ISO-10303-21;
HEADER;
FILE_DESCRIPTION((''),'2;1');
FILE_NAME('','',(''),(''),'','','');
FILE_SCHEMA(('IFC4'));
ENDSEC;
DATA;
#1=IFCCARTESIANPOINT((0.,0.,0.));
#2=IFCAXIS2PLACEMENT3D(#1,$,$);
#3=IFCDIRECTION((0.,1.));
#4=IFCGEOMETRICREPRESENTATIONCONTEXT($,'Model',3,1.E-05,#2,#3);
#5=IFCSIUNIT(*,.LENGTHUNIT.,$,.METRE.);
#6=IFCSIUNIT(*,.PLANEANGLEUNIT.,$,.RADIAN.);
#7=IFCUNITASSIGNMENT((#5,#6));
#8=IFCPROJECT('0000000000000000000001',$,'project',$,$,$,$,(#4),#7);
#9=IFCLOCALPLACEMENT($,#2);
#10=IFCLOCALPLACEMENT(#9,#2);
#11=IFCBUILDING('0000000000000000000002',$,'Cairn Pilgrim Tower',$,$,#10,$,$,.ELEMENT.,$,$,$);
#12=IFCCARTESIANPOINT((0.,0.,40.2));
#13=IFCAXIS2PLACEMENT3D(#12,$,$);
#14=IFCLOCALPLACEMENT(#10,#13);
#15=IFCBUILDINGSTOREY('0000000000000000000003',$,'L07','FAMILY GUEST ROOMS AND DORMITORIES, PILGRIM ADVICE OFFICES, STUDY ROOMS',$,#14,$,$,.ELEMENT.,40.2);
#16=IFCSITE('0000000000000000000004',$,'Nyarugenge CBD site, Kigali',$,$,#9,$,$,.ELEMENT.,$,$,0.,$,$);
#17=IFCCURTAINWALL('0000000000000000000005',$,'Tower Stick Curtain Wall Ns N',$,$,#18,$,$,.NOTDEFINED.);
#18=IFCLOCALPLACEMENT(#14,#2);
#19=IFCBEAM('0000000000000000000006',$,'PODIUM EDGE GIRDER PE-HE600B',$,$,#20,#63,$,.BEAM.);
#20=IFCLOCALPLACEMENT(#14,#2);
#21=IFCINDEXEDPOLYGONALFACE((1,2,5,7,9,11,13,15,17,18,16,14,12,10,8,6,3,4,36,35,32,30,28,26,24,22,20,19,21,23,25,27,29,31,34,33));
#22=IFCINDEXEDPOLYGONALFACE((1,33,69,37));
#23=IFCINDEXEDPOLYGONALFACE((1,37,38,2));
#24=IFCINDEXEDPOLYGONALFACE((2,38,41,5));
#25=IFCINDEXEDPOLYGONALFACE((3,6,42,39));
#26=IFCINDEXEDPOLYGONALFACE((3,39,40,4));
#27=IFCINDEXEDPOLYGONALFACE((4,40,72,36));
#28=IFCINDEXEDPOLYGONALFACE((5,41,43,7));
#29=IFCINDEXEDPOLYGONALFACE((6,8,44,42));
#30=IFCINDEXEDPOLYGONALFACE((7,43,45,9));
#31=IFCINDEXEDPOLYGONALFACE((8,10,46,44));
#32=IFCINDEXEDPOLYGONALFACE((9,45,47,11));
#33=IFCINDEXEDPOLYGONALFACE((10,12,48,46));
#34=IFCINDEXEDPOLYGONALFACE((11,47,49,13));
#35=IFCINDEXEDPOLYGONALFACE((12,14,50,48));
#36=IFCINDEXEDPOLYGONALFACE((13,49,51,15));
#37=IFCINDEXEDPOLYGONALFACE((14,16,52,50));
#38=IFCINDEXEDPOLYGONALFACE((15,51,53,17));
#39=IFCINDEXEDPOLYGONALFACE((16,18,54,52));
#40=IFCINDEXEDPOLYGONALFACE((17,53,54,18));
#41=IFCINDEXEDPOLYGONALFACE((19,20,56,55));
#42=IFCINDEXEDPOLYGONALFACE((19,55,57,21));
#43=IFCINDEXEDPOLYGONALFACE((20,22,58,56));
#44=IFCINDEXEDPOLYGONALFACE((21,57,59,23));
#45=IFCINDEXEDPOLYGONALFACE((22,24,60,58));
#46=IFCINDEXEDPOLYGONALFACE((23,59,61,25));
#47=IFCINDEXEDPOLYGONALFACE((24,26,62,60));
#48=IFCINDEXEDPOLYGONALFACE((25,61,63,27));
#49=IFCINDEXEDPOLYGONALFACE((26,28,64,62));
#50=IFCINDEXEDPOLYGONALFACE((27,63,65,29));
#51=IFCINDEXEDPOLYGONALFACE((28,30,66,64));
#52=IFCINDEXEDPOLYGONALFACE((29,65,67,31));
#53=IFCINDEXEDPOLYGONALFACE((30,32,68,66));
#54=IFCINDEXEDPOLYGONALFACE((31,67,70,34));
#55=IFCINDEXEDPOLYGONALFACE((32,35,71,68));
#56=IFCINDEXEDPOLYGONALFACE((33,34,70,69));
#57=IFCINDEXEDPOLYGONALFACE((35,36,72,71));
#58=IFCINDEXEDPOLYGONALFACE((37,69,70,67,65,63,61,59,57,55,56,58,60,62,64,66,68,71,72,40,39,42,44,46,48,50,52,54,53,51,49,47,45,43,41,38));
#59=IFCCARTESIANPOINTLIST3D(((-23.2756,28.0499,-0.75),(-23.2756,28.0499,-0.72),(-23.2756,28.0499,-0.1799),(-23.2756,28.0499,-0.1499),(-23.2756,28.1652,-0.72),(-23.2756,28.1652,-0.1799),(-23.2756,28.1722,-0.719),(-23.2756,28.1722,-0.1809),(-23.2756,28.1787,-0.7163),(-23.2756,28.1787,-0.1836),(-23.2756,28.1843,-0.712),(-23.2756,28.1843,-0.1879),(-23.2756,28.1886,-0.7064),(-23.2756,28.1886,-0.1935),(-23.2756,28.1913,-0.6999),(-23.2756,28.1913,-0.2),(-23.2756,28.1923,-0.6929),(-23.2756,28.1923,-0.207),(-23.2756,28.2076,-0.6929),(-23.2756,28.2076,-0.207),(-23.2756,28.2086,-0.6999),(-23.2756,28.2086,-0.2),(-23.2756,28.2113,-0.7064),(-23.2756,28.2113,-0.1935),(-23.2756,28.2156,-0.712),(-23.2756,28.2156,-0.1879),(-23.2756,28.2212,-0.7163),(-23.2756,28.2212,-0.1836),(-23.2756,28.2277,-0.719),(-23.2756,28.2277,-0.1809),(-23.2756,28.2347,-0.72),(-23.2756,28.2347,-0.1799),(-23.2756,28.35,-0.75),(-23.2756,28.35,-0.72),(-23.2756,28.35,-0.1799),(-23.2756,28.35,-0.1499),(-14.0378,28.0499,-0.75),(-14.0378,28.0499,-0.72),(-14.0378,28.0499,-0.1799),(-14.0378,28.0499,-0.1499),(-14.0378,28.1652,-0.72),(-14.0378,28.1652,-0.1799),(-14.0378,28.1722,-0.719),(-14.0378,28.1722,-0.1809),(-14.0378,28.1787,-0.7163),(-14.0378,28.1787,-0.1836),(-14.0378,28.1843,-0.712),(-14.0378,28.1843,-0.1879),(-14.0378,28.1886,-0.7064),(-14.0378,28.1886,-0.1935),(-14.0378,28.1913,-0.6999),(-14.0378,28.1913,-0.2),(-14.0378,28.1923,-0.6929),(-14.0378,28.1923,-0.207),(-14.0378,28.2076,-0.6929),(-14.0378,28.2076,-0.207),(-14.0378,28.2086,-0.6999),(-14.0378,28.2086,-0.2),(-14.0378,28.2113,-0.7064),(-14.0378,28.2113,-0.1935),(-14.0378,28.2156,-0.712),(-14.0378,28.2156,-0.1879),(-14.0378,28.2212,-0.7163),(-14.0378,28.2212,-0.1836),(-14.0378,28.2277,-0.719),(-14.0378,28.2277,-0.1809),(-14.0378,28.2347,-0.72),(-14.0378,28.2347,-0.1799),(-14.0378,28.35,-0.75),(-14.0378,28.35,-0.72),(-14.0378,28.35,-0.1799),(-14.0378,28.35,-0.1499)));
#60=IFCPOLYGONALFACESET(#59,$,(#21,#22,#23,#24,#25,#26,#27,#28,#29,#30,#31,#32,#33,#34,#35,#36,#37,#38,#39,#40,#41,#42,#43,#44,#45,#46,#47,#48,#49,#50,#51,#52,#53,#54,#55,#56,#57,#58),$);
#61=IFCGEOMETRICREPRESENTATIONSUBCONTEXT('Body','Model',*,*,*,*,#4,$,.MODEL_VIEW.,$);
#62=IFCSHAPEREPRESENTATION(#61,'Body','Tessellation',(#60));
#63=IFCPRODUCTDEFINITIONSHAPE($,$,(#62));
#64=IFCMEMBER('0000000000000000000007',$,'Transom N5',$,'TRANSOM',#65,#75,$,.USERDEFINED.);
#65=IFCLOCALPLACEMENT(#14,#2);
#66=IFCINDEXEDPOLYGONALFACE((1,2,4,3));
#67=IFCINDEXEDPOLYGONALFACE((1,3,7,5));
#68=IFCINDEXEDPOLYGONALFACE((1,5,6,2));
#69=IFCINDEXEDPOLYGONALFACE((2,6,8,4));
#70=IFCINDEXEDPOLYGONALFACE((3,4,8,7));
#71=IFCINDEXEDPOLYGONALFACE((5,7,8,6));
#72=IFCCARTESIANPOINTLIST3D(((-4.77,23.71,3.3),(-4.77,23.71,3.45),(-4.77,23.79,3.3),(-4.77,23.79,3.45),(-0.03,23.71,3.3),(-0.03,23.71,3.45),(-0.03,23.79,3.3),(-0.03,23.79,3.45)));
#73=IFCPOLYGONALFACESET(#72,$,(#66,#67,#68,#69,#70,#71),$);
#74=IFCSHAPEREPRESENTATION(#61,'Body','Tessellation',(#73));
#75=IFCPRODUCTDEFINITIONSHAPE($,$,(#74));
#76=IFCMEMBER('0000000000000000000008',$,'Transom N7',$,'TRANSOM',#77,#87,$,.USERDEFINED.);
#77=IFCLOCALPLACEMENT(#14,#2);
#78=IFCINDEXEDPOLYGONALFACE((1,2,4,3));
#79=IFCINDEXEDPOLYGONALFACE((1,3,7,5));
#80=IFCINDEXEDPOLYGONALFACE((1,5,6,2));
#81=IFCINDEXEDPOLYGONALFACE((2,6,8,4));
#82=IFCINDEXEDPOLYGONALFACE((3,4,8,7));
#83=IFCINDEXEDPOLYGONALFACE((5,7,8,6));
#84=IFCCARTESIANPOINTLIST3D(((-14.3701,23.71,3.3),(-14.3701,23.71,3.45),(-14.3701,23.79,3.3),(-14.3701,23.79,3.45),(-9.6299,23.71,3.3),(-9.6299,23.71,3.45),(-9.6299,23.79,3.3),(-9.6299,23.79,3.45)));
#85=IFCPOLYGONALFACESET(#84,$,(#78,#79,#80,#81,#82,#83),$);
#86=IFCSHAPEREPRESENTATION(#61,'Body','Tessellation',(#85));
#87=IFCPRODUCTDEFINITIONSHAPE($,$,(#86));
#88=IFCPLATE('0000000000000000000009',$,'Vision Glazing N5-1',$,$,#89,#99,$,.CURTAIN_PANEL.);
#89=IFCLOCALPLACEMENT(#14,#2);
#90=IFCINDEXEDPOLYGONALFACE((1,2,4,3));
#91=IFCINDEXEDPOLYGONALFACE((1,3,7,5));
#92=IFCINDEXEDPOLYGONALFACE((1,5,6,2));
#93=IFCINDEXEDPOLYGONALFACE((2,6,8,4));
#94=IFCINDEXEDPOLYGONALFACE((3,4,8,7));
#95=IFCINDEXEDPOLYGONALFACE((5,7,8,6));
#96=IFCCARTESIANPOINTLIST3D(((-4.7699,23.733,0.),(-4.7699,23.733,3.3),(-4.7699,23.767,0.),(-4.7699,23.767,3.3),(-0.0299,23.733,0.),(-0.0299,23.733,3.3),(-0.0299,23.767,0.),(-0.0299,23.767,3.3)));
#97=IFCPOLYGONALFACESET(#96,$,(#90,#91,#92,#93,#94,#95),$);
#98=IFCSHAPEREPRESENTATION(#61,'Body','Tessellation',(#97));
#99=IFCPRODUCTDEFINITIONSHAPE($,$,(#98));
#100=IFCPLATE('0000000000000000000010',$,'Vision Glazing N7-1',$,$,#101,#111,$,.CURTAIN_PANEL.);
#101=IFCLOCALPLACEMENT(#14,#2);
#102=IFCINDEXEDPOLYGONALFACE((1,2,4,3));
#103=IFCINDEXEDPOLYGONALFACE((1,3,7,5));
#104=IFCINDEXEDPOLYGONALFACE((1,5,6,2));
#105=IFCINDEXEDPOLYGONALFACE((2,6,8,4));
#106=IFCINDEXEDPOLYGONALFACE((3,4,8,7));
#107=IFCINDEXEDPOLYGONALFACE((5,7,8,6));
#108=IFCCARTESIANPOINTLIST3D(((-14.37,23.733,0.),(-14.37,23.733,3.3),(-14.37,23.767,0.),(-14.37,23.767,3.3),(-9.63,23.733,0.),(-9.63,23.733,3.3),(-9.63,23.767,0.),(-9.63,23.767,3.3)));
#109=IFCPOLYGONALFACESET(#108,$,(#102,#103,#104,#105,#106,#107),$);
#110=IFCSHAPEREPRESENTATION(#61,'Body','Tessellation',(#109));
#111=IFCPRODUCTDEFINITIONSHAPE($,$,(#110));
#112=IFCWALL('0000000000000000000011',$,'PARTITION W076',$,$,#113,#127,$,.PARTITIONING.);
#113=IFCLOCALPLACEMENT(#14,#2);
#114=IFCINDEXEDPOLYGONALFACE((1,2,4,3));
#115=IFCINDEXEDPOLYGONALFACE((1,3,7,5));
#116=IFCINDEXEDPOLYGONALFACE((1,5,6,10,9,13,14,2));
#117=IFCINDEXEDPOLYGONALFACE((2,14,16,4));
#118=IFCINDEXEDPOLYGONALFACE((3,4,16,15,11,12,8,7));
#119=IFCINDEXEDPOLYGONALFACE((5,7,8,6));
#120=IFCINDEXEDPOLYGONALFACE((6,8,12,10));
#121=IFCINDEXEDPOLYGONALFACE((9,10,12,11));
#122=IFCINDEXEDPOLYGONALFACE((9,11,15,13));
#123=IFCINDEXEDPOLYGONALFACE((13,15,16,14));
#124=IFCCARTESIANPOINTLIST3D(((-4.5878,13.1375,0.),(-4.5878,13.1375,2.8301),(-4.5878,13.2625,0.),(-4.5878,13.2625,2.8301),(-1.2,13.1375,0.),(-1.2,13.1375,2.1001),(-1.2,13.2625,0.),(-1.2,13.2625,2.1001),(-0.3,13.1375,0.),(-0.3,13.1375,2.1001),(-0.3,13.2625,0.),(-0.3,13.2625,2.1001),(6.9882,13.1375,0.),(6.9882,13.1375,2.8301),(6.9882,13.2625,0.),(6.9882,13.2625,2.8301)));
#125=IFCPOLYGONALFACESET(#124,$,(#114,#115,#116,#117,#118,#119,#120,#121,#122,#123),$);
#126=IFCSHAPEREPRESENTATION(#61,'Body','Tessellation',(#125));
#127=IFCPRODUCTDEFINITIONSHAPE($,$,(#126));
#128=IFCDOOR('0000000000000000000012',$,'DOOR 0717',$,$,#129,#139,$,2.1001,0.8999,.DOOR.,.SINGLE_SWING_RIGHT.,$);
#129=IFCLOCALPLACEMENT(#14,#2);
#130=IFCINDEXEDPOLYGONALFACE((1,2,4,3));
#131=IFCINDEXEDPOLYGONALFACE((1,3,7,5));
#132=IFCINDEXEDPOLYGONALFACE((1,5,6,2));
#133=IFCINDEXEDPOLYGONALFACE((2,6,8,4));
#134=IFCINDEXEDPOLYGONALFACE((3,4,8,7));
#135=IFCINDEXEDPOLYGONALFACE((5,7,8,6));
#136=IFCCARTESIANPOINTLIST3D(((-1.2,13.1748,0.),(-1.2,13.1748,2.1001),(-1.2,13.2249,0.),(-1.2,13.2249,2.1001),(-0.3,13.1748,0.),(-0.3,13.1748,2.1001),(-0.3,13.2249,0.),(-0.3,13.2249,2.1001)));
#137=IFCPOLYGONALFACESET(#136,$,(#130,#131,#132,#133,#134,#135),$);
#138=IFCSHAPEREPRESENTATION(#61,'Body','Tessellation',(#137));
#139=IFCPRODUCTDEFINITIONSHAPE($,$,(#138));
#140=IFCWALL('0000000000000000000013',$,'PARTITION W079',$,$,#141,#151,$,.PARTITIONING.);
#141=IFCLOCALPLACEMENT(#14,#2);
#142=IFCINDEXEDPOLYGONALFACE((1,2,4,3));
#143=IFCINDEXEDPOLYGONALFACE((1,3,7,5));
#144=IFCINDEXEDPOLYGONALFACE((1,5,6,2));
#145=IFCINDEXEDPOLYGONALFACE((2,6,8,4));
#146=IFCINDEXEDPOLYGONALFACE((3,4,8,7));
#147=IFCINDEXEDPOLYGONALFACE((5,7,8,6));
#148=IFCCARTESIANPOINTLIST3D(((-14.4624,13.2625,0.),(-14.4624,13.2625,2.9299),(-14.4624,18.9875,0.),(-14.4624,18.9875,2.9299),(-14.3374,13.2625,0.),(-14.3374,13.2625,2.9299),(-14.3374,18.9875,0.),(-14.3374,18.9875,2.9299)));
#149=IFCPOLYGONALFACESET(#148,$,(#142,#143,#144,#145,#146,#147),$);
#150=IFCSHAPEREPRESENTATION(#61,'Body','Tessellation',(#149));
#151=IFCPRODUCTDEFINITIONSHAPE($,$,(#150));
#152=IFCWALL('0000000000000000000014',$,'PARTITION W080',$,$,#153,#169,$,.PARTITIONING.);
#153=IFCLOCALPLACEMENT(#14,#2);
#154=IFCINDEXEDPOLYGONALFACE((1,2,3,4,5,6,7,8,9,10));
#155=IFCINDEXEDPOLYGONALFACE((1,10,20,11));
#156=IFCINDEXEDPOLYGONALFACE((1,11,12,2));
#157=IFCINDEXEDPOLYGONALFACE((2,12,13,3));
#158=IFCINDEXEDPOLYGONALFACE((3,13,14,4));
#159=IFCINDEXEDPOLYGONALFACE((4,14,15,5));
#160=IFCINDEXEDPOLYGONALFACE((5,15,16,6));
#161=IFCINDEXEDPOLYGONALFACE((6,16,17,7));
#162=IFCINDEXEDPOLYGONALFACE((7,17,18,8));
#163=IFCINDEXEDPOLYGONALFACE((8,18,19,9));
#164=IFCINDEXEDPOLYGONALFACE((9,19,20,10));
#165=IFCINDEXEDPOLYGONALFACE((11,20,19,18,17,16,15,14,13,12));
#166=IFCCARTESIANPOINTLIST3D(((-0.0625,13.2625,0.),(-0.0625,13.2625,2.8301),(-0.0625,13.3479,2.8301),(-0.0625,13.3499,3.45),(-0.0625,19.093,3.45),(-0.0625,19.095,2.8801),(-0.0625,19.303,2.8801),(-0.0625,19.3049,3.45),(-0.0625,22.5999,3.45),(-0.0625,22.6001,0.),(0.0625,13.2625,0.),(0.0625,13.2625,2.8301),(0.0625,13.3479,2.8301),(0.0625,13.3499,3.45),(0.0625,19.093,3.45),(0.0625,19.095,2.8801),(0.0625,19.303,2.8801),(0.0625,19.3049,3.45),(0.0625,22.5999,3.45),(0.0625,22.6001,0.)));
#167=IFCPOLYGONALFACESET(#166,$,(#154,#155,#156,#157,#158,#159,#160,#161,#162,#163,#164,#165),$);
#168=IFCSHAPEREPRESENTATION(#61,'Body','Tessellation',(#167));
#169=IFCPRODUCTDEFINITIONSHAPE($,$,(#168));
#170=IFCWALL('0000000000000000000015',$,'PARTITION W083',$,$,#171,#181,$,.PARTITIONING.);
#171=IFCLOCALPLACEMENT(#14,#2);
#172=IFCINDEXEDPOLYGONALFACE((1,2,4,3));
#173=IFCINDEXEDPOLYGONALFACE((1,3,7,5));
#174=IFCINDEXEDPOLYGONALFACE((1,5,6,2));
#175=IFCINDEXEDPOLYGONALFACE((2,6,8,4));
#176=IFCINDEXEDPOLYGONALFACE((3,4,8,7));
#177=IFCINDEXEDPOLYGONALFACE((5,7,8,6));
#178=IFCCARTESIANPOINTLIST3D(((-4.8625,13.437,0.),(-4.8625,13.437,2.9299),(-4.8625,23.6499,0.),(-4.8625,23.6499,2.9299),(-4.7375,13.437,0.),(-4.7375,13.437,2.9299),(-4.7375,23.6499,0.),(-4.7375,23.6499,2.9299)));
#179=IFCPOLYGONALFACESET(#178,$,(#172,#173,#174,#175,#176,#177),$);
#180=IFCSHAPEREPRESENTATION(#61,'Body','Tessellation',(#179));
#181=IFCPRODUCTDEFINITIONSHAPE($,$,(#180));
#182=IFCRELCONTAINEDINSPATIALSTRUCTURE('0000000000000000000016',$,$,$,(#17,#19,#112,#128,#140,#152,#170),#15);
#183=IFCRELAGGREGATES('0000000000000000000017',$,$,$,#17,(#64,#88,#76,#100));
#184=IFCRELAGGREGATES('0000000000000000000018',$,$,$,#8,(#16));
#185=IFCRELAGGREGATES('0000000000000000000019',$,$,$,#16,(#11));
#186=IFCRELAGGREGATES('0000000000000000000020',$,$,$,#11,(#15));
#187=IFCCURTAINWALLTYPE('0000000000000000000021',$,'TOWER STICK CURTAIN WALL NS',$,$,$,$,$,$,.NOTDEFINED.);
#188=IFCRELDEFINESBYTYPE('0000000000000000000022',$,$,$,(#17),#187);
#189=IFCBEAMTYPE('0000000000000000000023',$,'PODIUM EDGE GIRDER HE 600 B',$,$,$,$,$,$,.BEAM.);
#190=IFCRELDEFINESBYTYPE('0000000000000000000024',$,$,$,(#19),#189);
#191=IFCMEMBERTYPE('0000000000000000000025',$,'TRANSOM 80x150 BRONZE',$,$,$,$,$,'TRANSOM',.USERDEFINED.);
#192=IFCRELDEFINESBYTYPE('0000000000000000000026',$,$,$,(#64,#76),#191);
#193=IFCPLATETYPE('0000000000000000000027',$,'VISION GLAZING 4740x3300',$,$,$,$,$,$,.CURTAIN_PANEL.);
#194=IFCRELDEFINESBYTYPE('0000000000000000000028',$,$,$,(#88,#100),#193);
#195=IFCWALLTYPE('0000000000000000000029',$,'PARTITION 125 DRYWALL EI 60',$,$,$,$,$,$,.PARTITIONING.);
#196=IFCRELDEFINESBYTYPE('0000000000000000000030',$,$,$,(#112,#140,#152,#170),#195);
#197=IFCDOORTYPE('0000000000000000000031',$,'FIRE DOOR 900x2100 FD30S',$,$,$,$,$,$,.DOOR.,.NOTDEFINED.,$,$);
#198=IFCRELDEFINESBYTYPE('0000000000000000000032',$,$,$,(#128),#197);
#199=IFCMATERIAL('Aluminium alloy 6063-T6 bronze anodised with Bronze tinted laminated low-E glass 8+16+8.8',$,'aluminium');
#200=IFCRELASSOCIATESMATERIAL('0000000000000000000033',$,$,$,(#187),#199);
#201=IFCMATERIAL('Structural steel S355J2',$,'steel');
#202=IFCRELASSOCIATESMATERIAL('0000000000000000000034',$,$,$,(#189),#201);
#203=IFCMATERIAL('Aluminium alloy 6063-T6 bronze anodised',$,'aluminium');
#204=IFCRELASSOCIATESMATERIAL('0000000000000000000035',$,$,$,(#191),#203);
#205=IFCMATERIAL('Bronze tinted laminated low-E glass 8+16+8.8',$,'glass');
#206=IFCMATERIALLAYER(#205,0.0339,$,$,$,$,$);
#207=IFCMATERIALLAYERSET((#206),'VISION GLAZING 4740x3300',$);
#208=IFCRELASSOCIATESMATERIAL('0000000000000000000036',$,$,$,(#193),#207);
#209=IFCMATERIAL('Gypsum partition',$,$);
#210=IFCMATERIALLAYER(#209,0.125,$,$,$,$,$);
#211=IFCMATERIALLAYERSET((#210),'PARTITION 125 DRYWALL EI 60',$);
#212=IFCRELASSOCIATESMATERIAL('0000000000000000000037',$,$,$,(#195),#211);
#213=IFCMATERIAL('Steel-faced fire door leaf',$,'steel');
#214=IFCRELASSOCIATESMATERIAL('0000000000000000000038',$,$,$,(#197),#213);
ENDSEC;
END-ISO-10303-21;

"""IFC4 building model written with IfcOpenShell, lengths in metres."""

from ifc_helpers import new_model, si_unit, direction, frame, frame_2d, origin, origin_2d, place, context, subcontext, project, spatial, polyline, rectangle, i_section, outline, extrude, material, layer, layer_set, material_profile, profile_set, type_object, element, fill, aggregate, save


model = new_model("IFC4")

# Units and contexts
model_context = context("Model", 3, precision=1e-05, world=origin(), true_north=direction((0.0, 1.0)))
body_context = subcontext(model_context, "Body", "Model", "MODEL_VIEW")
ifc_project = project(units=[si_unit("LENGTHUNIT", "METRE"), si_unit("PLANEANGLEUNIT", "RADIAN")], contexts=[model_context])

# Site, building, storey
site_placement = place(None, origin())
site = spatial("IfcSite", under=ifc_project, at=site_placement, Name="Nyarugenge CBD site, Kigali", CompositionType="ELEMENT", RefElevation=0.0)
building_placement = place(site_placement, origin())
building = spatial("IfcBuilding", under=site, at=building_placement, Name="Cairn Pilgrim Tower", CompositionType="ELEMENT")
storey_placement = place(building_placement, frame((0.0, 0.0, 40.2)))
storey = spatial("IfcBuildingStorey", under=building, at=storey_placement, Name="L07", Description="FAMILY GUEST ROOMS AND DORMITORIES, PILGRIM ADVICE OFFICES, STUDY ROOMS", CompositionType="ELEMENT", Elevation=40.2)

# Curtain wall
ifc_material_1 = material(Name="Aluminium alloy 6063-T6 bronze anodised with Bronze tinted laminated low-E glass 8+16+8.8", Category="aluminium")
curtain_wall_type = type_object("IfcCurtainWallType", Name="TOWER STICK CURTAIN WALL NS", PredefinedType="NOTDEFINED", material=ifc_material_1)
curtain_wall_placement = place(storey_placement, origin())
curtain_wall = element("IfcCurtainWall", 1, at=curtain_wall_placement, inside=storey, type_object=curtain_wall_type, Name="Tower Stick Curtain Wall Ns N", PredefinedType="NOTDEFINED")
ifc_material_2 = material(Name="Aluminium alloy 6063-T6 bronze anodised", Category="aluminium")

# Beam
ifc_material_3 = material(Name="Structural steel S355J2", Category="steel")
ifc_material_profile_1 = material_profile(ifc_material_3, i_section(OverallWidth=0.3, OverallDepth=0.6001, WebThickness=0.0154, FlangeThickness=0.03, FilletRadius=0.0271, at=origin_2d()), Name="HEB 600")
ifc_profile_set_1 = profile_set([ifc_material_profile_1], Name="Structural steel S355J2")
beam_type_1 = type_object("IfcBeamType", Name="PODIUM EDGE GIRDER HE 600 B", PredefinedType="BEAM", material=ifc_profile_set_1)
for number, where, z_axis, x_axis, name in (
    (2, (-14.0378, 28.2, -0.45), (-1.0, 0.0, 0.0), (0.0, -1.0, 0.0), "PODIUM EDGE GIRDER PE-HE600B"),
):
    element("IfcBeam", number, at=place(storey_placement, frame(where, z_axis=z_axis, x_axis=x_axis)), inside=storey, type_object=beam_type_1, Name=name, PredefinedType="BEAM", context=body_context, shape_type="SweptSolid", body=[
        extrude(i_section(OverallWidth=0.3, OverallDepth=0.6001, WebThickness=0.0154, FlangeThickness=0.03, FilletRadius=0.0271, at=origin_2d()), origin(), (0.0, 0.0, 1.0), 9.2378),
    ])

# Members
ifc_material_profile_2 = material_profile(ifc_material_2, rectangle(XDim=0.0801, YDim=0.1499, at=origin_2d()), Name="TRANSOM 80x150 BRONZE")
ifc_profile_set_2 = profile_set([ifc_material_profile_2], Name="Aluminium alloy 6063-T6 bronze anodised")
member_type_1 = type_object("IfcMemberType", Name="TRANSOM 80x150 BRONZE", ElementType="TRANSOM", PredefinedType="USERDEFINED", material=ifc_profile_set_2)
member_1_placement = place(storey_placement, frame((-0.03, 23.75, 3.375), z_axis=(-1.0, 0.0, 0.0), x_axis=(0.0, -1.0, 0.0)))
member_1 = element("IfcMember", 3, at=member_1_placement, type_object=member_type_1, Name="Transom N5", ObjectType="TRANSOM", PredefinedType="USERDEFINED", context=body_context, shape_type="SweptSolid", body=[
    extrude(rectangle(XDim=0.0801, YDim=0.1499, at=origin_2d()), origin(), (0.0, 0.0, 1.0), 4.74),
])
member_2_placement = place(storey_placement, frame((-9.6299, 23.75, 3.375), z_axis=(-1.0, 0.0, 0.0), x_axis=(0.0, -1.0, 0.0)))
member_2 = element("IfcMember", 4, at=member_2_placement, type_object=member_type_1, Name="Transom N7", ObjectType="TRANSOM", PredefinedType="USERDEFINED", context=body_context, shape_type="SweptSolid", body=[
    extrude(rectangle(XDim=0.0801, YDim=0.1499, at=origin_2d()), origin(), (0.0, 0.0, 1.0), 4.7402),
])

# Plates
ifc_material_4 = material(Name="Bronze tinted laminated low-E glass 8+16+8.8", Category="glass")
ifc_layer_1 = layer(ifc_material_4, 0.0339)
ifc_layer_set_1 = layer_set([ifc_layer_1], Name="VISION GLAZING 4740x3300")
plate_type = type_object("IfcPlateType", Name="VISION GLAZING 4740x3300", PredefinedType="CURTAIN_PANEL", material=ifc_layer_set_1)
plate_1_placement = place(storey_placement, frame((-2.3999, 23.75, 0.0), z_axis=(0.0, 0.0, 1.0), x_axis=(-1.0, 0.0, 0.0)))
plate_1 = element("IfcPlate", 5, at=plate_1_placement, type_object=plate_type, Name="Vision Glazing N5-1", PredefinedType="CURTAIN_PANEL", context=body_context, shape_type="SweptSolid", body=[
    extrude(rectangle(XDim=4.74, YDim=0.0339, at=origin_2d()), origin(), (0.0, 0.0, 1.0), 3.3),
])
plate_2_placement = place(storey_placement, frame((-12.0, 23.75, 0.0), z_axis=(0.0, 0.0, 1.0), x_axis=(-1.0, 0.0, 0.0)))
plate_2 = element("IfcPlate", 6, at=plate_2_placement, type_object=plate_type, Name="Vision Glazing N7-1", PredefinedType="CURTAIN_PANEL", context=body_context, shape_type="SweptSolid", body=[
    extrude(rectangle(XDim=4.74, YDim=0.0339, at=origin_2d()), origin(), (0.0, 0.0, 1.0), 3.3),
])
aggregate(curtain_wall, [member_1, plate_1, member_2, plate_2])

# Wall, opening, door
ifc_material_5 = material(Name="Gypsum partition")
ifc_layer_2 = layer(ifc_material_5, 0.125)
ifc_layer_set_2 = layer_set([ifc_layer_2], Name="PARTITION 125 DRYWALL EI 60")
wall_type_1 = type_object("IfcWallType", Name="PARTITION 125 DRYWALL EI 60", PredefinedType="PARTITIONING", material=ifc_layer_set_2)
wall_1_placement = place(storey_placement, frame((-4.5879, 13.2, 0.0), z_axis=(0.0, 0.0, 1.0), x_axis=(1.0, 0.0, 0.0)))
wall_1 = element("IfcWall", 7, at=wall_1_placement, inside=storey, type_object=wall_type_1, Name="PARTITION W076", PredefinedType="PARTITIONING", context=body_context, shape_type="SweptSolid", body=[
    extrude(rectangle(XDim=11.5759, YDim=0.125, at=frame_2d((5.7881, 0.0))), origin(), (0.0, 0.0, 1.0), 2.8301),
])
opening_1_placement = place(wall_1_placement, frame((3.3879, 0.0, 0.0)))
opening_1 = element("IfcOpeningElement", 8, at=opening_1_placement, cuts=wall_1, PredefinedType="OPENING", context=body_context, shape_type="SweptSolid", body=[
    extrude(rectangle(XDim=0.8999, YDim=2.1001, at=frame_2d((0.45, 1.05))), frame((0.0, 0.0725, 0.0), z_axis=(0.0, -1.0, 0.0), x_axis=(1.0, 0.0, 0.0)), (0.0, 0.0, 1.0), 0.145),
])
ifc_material_6 = material(Name="Steel-faced fire door leaf", Category="steel")
door_type_1 = type_object("IfcDoorType", Name="FIRE DOOR 900x2100 FD30S", OperationType="NOTDEFINED", PredefinedType="DOOR", material=ifc_material_6)
door_1_placement = place(opening_1_placement, origin())
door_1 = element("IfcDoor", 9, at=door_1_placement, inside=storey, type_object=door_type_1, Name="DOOR 0717", OperationType="SINGLE_SWING_RIGHT", OverallHeight=2.1001, OverallWidth=0.8999, PredefinedType="DOOR", context=body_context, shape_type="SweptSolid", body=[
    extrude(rectangle(XDim=0.8999, YDim=2.1001, at=frame_2d((0.45, 1.05))), frame((0.0, 0.0249, 0.0), z_axis=(0.0, -1.0, 0.0), x_axis=(1.0, 0.0, 0.0)), (0.0, 0.0, 1.0), 0.05),
])
fill(opening_1, door_1)

# Walls
wall_2_placement = place(storey_placement, frame((-14.3999, 13.2625, 0.0), z_axis=(0.0, 0.0, 1.0), x_axis=(0.0, 1.0, 0.0)))
element("IfcWall", 10, at=wall_2_placement, inside=storey, type_object=wall_type_1, Name="PARTITION W079", PredefinedType="PARTITIONING", context=body_context, shape_type="SweptSolid", body=[
    extrude(rectangle(XDim=5.7251, YDim=0.125, at=frame_2d((2.8625, 0.0))), origin(), (0.0, 0.0, 1.0), 2.9299),
])
wall_3_placement = place(storey_placement, frame((0.0, 13.2625, 0.0), z_axis=(0.0, 0.0, 1.0), x_axis=(0.0, 1.0, 0.0)))
element("IfcWall", 11, at=wall_3_placement, inside=storey, type_object=wall_type_1, Name="PARTITION W080", PredefinedType="PARTITIONING", context=body_context, shape_type="SweptSolid", body=[
    extrude(outline(polyline([(0.0, 0.0), (9.3376, 0.0), (9.3374, 3.45), (6.0425, 3.45), (6.0405, 2.8801), (5.8325, 2.8801), (5.8306, 3.45), (0.0874, 3.45), (0.0854, 2.8301), (0.0, 2.8301), (0.0, 0.0)])), frame((0.0, 0.0625, 0.0), z_axis=(0.0, -1.0, 0.0), x_axis=(1.0, 0.0, 0.0)), (0.0, 0.0, 1.0), 0.125),
])
wall_4_placement = place(storey_placement, frame((-4.8, 13.437, 0.0), z_axis=(0.0, 0.0, 1.0), x_axis=(0.0, 1.0, 0.0)))
element("IfcWall", 12, at=wall_4_placement, inside=storey, type_object=wall_type_1, Name="PARTITION W083", PredefinedType="PARTITIONING", context=body_context, shape_type="SweptSolid", body=[
    extrude(rectangle(XDim=10.2129, YDim=0.125, at=frame_2d((5.1064, 0.0))), origin(), (0.0, 0.0, 1.0), 2.9299),
])

save(model, "model.ifc")
